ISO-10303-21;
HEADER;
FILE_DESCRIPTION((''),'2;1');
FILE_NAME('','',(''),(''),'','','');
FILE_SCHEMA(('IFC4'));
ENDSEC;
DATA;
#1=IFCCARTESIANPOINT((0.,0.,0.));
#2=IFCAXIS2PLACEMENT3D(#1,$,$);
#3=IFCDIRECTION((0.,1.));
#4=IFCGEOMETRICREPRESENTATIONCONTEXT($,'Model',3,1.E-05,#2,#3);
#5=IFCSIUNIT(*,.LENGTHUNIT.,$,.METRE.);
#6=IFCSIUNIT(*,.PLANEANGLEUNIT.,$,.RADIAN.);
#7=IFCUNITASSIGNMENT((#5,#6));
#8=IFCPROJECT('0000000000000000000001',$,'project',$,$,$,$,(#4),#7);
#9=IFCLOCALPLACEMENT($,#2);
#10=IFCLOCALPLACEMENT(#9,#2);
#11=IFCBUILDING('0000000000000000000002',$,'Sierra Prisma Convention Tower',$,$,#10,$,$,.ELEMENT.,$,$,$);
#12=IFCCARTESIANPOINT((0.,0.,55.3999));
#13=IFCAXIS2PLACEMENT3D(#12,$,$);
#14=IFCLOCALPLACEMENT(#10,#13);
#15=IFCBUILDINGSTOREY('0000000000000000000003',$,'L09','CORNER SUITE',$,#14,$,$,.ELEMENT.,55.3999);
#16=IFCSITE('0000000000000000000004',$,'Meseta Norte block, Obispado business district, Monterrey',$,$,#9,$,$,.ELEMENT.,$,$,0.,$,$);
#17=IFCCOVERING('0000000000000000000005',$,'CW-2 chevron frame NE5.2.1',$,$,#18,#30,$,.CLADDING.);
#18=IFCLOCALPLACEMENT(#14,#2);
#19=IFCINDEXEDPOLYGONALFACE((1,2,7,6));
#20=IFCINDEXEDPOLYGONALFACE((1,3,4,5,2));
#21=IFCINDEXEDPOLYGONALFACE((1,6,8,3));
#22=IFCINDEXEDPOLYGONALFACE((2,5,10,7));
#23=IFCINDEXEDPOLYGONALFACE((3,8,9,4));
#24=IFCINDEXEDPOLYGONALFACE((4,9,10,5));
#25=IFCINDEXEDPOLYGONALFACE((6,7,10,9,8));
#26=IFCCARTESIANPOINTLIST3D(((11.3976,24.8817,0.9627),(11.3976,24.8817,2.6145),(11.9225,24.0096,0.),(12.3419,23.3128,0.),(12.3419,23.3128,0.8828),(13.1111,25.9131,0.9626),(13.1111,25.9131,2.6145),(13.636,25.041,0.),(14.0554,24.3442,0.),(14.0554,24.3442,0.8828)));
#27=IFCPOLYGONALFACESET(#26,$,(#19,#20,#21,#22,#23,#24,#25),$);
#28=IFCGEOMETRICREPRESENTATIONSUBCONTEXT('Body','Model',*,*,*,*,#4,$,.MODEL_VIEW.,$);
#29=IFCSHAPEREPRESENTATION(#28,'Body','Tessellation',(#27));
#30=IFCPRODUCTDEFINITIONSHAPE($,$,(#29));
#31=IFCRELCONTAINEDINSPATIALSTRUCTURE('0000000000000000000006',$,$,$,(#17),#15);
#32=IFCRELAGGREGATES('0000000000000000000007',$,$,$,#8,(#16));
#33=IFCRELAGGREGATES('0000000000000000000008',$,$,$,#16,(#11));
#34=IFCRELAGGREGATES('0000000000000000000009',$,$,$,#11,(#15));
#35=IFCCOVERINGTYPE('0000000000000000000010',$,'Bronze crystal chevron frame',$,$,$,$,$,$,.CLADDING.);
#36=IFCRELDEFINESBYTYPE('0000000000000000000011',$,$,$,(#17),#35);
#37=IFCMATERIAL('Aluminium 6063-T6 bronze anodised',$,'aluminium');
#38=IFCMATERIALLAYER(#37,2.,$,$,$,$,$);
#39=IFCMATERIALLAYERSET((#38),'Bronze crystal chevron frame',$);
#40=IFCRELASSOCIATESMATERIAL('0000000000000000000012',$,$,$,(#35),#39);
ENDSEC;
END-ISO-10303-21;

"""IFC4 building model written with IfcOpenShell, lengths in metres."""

from ifc_helpers import new_model, si_unit, direction, frame, origin, place, context, subcontext, project, spatial, polyline, outline, extrude, material, layer, layer_set, type_object, element, save


model = new_model("IFC4")

# Units and contexts
model_context = context("Model", 3, precision=1e-05, world=origin(), true_north=direction((0.0, 1.0)))
body_context = subcontext(model_context, "Body", "Model", "MODEL_VIEW")
ifc_project = project(units=[si_unit("LENGTHUNIT", "METRE"), si_unit("PLANEANGLEUNIT", "RADIAN")], contexts=[model_context])

# Site, building, storey
site_placement = place(None, origin())
site = spatial("IfcSite", under=ifc_project, at=site_placement, Name="Meseta Norte block, Obispado business district, Monterrey", CompositionType="ELEMENT", RefElevation=0.0)
building_placement = place(site_placement, origin())
building = spatial("IfcBuilding", under=site, at=building_placement, Name="Sierra Prisma Convention Tower", CompositionType="ELEMENT")
storey_placement = place(building_placement, frame((0.0, 0.0, 55.3999)))
storey = spatial("IfcBuildingStorey", under=building, at=storey_placement, Name="L09", Description="CORNER SUITE", CompositionType="ELEMENT", Elevation=55.3999)

# Covering
ifc_material_1 = material(Name="Aluminium 6063-T6 bronze anodised", Category="aluminium")
ifc_layer_1 = layer(ifc_material_1, 2.0)
ifc_layer_set_1 = layer_set([ifc_layer_1], Name="Bronze crystal chevron frame")
covering_type = type_object("IfcCoveringType", Name="Bronze crystal chevron frame", PredefinedType="CLADDING", material=ifc_layer_set_1)
covering_1_placement = place(storey_placement, frame((14.0554, 24.3442, 0.0), z_axis=(0.856761, 0.515714, -0.000007), x_axis=(-0.515714, 0.856761, 0.0)))
element("IfcCovering", 1, at=covering_1_placement, inside=storey, type_object=covering_type, Name="CW-2 chevron frame NE5.2.1", PredefinedType="CLADDING", context=body_context, shape_type="SweptSolid", body=[
    extrude(outline(polyline([(0.0, 0.0), (0.8133, 0.0), (1.8311, 0.9626), (1.8311, 2.6145), (0.0, 0.8828), (0.0, 0.0)])), origin(), (0.0, 0.0, -1.0), 2.0),
])

save(model, "model.ifc")
